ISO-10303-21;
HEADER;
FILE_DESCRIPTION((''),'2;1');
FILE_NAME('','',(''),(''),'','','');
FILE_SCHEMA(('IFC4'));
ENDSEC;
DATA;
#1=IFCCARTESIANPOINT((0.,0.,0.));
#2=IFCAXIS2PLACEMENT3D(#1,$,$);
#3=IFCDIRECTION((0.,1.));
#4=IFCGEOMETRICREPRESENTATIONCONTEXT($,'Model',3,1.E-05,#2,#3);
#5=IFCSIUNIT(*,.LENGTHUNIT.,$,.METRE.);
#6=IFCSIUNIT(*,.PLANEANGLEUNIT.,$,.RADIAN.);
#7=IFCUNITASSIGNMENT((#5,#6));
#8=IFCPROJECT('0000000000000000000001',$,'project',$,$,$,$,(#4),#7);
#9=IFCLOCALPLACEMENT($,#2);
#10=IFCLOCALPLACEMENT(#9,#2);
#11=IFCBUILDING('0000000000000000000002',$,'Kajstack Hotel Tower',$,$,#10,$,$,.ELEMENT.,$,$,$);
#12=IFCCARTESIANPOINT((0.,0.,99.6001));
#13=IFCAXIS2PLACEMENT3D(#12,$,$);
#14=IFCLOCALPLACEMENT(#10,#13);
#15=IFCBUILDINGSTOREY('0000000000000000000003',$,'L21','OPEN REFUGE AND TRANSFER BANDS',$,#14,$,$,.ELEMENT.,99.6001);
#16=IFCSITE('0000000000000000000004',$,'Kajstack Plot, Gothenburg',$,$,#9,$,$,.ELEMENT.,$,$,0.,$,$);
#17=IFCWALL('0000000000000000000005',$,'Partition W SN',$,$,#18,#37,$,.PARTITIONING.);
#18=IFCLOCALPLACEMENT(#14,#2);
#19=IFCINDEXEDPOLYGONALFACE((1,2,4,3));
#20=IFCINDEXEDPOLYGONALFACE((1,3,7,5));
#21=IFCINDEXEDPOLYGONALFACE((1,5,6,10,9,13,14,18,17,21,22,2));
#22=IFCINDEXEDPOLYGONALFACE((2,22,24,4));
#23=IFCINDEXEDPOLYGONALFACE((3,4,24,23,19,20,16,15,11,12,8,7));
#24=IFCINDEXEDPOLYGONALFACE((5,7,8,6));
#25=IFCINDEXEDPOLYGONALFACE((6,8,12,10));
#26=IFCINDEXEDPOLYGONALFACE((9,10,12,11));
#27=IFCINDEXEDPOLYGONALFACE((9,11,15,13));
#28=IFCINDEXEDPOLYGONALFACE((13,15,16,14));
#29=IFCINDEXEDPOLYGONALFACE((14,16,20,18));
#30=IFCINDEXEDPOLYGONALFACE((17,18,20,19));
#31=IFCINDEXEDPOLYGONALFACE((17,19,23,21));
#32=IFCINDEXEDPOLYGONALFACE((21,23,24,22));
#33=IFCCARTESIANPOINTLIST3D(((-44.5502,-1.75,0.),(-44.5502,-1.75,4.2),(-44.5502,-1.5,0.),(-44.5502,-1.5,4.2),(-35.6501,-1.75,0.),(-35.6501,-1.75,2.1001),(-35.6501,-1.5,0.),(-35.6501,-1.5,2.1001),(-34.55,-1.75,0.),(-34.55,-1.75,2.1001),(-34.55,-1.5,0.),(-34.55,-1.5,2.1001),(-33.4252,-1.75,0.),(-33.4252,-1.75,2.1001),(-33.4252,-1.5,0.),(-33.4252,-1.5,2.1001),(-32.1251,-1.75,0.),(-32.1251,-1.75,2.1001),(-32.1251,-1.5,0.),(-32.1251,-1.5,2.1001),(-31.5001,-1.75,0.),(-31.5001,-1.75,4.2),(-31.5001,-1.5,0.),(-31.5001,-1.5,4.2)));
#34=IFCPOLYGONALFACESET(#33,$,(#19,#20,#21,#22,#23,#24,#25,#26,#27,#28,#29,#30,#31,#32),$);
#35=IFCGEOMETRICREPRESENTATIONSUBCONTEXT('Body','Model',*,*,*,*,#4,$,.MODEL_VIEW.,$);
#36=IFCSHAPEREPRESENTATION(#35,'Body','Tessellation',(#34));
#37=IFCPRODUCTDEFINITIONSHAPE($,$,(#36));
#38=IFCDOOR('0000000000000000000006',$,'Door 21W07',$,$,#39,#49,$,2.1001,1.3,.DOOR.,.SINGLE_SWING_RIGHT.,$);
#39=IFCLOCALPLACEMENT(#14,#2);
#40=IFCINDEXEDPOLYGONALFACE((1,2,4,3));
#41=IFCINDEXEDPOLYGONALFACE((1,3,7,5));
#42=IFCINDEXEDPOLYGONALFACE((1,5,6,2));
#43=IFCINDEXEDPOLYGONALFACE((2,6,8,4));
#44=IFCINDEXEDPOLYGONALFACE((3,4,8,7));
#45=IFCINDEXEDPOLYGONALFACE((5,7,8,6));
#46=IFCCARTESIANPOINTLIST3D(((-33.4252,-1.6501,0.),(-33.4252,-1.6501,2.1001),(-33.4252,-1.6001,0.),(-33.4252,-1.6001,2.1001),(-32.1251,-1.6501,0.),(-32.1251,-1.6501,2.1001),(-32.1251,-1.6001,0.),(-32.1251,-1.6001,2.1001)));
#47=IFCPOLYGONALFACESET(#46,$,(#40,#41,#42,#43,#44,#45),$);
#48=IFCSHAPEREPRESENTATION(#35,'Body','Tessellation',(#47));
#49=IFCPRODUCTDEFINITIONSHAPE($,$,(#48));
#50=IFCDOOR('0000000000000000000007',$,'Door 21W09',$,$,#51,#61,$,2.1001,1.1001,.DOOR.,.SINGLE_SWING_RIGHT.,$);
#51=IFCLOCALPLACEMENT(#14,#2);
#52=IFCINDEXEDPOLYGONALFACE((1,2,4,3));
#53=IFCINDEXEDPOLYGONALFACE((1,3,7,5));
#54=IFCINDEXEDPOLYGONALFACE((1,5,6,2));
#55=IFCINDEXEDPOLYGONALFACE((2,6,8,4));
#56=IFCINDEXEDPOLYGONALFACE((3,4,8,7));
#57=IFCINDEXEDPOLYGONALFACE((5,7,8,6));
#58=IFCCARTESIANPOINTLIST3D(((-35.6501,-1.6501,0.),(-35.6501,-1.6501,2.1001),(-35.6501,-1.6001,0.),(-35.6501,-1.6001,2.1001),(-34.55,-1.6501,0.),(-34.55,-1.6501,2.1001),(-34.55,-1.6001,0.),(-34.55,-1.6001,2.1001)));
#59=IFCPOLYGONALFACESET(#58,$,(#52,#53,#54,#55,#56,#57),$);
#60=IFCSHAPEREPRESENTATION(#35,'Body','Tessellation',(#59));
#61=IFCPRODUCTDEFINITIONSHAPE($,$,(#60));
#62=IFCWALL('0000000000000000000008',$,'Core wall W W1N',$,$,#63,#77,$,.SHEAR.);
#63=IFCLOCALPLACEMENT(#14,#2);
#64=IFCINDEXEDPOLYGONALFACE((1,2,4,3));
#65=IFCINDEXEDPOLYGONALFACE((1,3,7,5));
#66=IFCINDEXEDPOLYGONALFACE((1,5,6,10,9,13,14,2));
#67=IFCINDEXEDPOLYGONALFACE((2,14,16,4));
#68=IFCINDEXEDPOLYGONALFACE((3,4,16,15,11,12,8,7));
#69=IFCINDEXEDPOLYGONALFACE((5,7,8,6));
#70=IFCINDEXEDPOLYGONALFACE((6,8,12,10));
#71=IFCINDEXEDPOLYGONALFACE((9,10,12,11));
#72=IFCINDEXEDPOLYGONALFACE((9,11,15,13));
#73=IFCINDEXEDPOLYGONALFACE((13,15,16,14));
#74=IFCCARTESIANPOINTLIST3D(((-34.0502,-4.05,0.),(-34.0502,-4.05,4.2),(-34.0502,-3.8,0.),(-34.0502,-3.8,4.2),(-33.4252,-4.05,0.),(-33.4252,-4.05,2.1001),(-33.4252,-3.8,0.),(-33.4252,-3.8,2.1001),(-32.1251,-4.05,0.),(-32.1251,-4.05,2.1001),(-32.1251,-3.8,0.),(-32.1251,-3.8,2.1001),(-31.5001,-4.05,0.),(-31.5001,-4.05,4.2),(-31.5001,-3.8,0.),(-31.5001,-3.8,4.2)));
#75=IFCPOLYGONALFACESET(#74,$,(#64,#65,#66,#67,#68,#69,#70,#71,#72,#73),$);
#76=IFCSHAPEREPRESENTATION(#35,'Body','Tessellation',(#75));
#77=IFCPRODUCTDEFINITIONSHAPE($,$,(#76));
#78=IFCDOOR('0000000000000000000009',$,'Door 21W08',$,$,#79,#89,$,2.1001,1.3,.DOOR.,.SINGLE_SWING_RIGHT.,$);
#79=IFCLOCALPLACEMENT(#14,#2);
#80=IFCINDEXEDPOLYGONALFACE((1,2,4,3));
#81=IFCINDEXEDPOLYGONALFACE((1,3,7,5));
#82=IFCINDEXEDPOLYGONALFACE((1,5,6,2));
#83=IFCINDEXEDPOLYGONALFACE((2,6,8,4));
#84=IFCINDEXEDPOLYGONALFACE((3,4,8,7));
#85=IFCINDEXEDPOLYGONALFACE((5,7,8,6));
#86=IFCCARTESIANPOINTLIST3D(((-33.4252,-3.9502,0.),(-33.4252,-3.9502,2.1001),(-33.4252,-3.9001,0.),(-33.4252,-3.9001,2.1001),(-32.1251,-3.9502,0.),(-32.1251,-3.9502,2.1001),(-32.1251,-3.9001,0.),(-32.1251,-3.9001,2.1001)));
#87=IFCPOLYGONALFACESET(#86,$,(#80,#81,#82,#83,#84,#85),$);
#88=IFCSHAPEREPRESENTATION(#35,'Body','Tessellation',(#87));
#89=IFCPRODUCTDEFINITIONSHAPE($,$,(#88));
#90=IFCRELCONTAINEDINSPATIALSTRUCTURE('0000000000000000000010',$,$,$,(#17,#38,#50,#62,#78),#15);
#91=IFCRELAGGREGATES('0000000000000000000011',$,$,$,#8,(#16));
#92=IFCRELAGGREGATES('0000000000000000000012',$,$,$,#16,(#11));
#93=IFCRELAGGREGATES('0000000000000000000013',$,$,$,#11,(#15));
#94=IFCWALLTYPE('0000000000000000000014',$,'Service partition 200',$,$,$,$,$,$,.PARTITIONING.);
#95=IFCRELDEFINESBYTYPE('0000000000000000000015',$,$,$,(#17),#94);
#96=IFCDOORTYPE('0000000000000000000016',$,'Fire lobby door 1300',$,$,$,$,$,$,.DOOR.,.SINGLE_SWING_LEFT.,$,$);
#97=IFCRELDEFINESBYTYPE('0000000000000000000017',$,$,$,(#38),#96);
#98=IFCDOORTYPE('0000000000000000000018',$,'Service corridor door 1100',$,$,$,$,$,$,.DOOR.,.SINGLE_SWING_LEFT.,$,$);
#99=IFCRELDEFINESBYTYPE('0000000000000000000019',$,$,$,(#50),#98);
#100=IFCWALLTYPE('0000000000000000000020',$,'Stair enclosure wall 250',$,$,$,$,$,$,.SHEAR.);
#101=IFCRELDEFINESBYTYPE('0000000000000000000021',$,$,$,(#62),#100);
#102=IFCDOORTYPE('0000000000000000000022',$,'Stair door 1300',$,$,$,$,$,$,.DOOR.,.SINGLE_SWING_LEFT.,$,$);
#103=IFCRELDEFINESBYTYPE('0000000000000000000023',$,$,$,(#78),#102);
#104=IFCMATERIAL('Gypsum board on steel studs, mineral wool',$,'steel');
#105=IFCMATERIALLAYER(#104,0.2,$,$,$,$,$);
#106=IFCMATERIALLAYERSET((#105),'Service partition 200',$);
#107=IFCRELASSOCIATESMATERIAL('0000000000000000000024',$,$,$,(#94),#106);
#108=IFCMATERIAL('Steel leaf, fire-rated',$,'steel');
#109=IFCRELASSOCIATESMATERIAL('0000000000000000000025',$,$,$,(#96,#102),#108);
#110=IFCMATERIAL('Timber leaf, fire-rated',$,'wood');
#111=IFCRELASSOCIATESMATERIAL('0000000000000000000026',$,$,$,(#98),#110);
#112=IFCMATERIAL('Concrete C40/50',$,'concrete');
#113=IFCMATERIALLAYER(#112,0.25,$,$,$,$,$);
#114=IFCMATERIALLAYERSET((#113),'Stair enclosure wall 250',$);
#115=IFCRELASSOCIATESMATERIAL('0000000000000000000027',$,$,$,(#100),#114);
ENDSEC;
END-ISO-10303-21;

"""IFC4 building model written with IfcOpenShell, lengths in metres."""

from ifc_helpers import new_model, si_unit, direction, frame, frame_2d, origin, place, context, subcontext, project, spatial, rectangle, extrude, material, layer, layer_set, type_object, element, fill, save


model = new_model("IFC4")

# Units and contexts
model_context = context("Model", 3, precision=1e-05, world=origin(), true_north=direction((0.0, 1.0)))
body_context = subcontext(model_context, "Body", "Model", "MODEL_VIEW")
ifc_project = project(units=[si_unit("LENGTHUNIT", "METRE"), si_unit("PLANEANGLEUNIT", "RADIAN")], contexts=[model_context])

# Site, building, storey
site_placement = place(None, origin())
site = spatial("IfcSite", under=ifc_project, at=site_placement, Name="Kajstack Plot, Gothenburg", CompositionType="ELEMENT", RefElevation=0.0)
building_placement = place(site_placement, origin())
building = spatial("IfcBuilding", under=site, at=building_placement, Name="Kajstack Hotel Tower", CompositionType="ELEMENT")
storey_placement = place(building_placement, frame((0.0, 0.0, 99.6001)))
storey = spatial("IfcBuildingStorey", under=building, at=storey_placement, Name="L21", Description="OPEN REFUGE AND TRANSFER BANDS", CompositionType="ELEMENT", Elevation=99.6001)

# Wall, openings, doors
ifc_material_1 = material(Name="Gypsum board on steel studs, mineral wool", Category="steel")
ifc_material_2 = material(Name="Timber leaf, fire-rated", Category="wood")
ifc_layer_1 = layer(ifc_material_1, 0.2)
ifc_layer_set_1 = layer_set([ifc_layer_1], Name="Service partition 200")
wall_type_1 = type_object("IfcWallType", Name="Service partition 200", PredefinedType="PARTITIONING", material=ifc_layer_set_1)
wall_1_placement = place(storey_placement, frame((-44.55, -1.625, 0.0), z_axis=(0.0, 0.0, 1.0), x_axis=(1.0, 0.0, 0.0)))
wall_1 = element("IfcWall", 1, at=wall_1_placement, inside=storey, type_object=wall_type_1, Name="Partition W SN", PredefinedType="PARTITIONING", context=body_context, shape_type="SweptSolid", body=[
    extrude(rectangle(XDim=13.05, YDim=0.25, at=frame_2d((6.5249, 0.0))), origin(), (0.0, 0.0, 1.0), 4.2),
])
opening_1_placement = place(wall_1_placement, frame((11.125, 0.0, 0.0)))
opening_1 = element("IfcOpeningElement", 2, at=opening_1_placement, cuts=wall_1, PredefinedType="OPENING", context=body_context, shape_type="SweptSolid", body=[
    extrude(rectangle(XDim=1.3, YDim=2.1001, at=frame_2d((0.6499, 1.05))), frame((0.0, 0.135, 0.0), z_axis=(0.0, -1.0, 0.0), x_axis=(1.0, 0.0, 0.0)), (0.0, 0.0, 1.0), 0.27),
])
opening_2_placement = place(wall_1_placement, frame((8.8999, 0.0, 0.0)))
opening_2 = element("IfcOpeningElement", 3, at=opening_2_placement, cuts=wall_1, PredefinedType="OPENING", context=body_context, shape_type="SweptSolid", body=[
    extrude(rectangle(XDim=1.1001, YDim=2.1001, at=frame_2d((0.55, 1.05))), frame((0.0, 0.135, 0.0), z_axis=(0.0, -1.0, 0.0), x_axis=(1.0, 0.0, 0.0)), (0.0, 0.0, 1.0), 0.27),
])
ifc_material_3 = material(Name="Steel leaf, fire-rated", Category="steel")
door_type_1 = type_object("IfcDoorType", Name="Fire lobby door 1300", OperationType="SINGLE_SWING_LEFT", PredefinedType="DOOR", material=ifc_material_3)
door_1_placement = place(opening_1_placement, origin())
door_1 = element("IfcDoor", 4, at=door_1_placement, inside=storey, type_object=door_type_1, Name="Door 21W07", OperationType="SINGLE_SWING_RIGHT", OverallHeight=2.1001, OverallWidth=1.3, PredefinedType="DOOR", context=body_context, shape_type="SweptSolid", body=[
    extrude(rectangle(XDim=1.3, YDim=2.1001, at=frame_2d((0.6499, 1.05))), frame((0.0, 0.0249, 0.0), z_axis=(0.0, -1.0, 0.0), x_axis=(1.0, 0.0, 0.0)), (0.0, 0.0, 1.0), 0.05),
])
fill(opening_1, door_1)
door_type_2 = type_object("IfcDoorType", Name="Service corridor door 1100", OperationType="SINGLE_SWING_LEFT", PredefinedType="DOOR", material=ifc_material_2)
door_2_placement = place(opening_2_placement, origin())
door_2 = element("IfcDoor", 5, at=door_2_placement, inside=storey, type_object=door_type_2, Name="Door 21W09", OperationType="SINGLE_SWING_RIGHT", OverallHeight=2.1001, OverallWidth=1.1001, PredefinedType="DOOR", context=body_context, shape_type="SweptSolid", body=[
    extrude(rectangle(XDim=1.1001, YDim=2.1001, at=frame_2d((0.55, 1.05))), frame((0.0, 0.0249, 0.0), z_axis=(0.0, -1.0, 0.0), x_axis=(1.0, 0.0, 0.0)), (0.0, 0.0, 1.0), 0.05),
])
fill(opening_2, door_2)

# Wall, opening, door
ifc_material_4 = material(Name="Concrete C40/50", Category="concrete")
ifc_layer_2 = layer(ifc_material_4, 0.25)
ifc_layer_set_2 = layer_set([ifc_layer_2], Name="Stair enclosure wall 250")
wall_type_2 = type_object("IfcWallType", Name="Stair enclosure wall 250", PredefinedType="SHEAR", material=ifc_layer_set_2)
wall_2_placement = place(storey_placement, frame((-34.05, -3.925, 0.0), z_axis=(0.0, 0.0, 1.0), x_axis=(1.0, 0.0, 0.0)))
wall_2 = element("IfcWall", 6, at=wall_2_placement, inside=storey, type_object=wall_type_2, Name="Core wall W W1N", PredefinedType="SHEAR", context=body_context, shape_type="SweptSolid", body=[
    extrude(rectangle(XDim=2.55, YDim=0.25, at=frame_2d((1.2749, 0.0))), origin(), (0.0, 0.0, 1.0), 4.2),
])
opening_3_placement = place(wall_2_placement, frame((0.625, 0.0, 0.0)))
opening_3 = element("IfcOpeningElement", 7, at=opening_3_placement, cuts=wall_2, PredefinedType="OPENING", context=body_context, shape_type="SweptSolid", body=[
    extrude(rectangle(XDim=1.3, YDim=2.1001, at=frame_2d((0.6499, 1.05))), frame((0.0, 0.135, 0.0), z_axis=(0.0, -1.0, 0.0), x_axis=(1.0, 0.0, 0.0)), (0.0, 0.0, 1.0), 0.27),
])
door_type_3 = type_object("IfcDoorType", Name="Stair door 1300", OperationType="SINGLE_SWING_LEFT", PredefinedType="DOOR", material=ifc_material_3)
door_3_placement = place(opening_3_placement, origin())
door_3 = element("IfcDoor", 8, at=door_3_placement, inside=storey, type_object=door_type_3, Name="Door 21W08", OperationType="SINGLE_SWING_RIGHT", OverallHeight=2.1001, OverallWidth=1.3, PredefinedType="DOOR", context=body_context, shape_type="SweptSolid", body=[
    extrude(rectangle(XDim=1.3, YDim=2.1001, at=frame_2d((0.6499, 1.05))), frame((0.0, 0.0249, 0.0), z_axis=(0.0, -1.0, 0.0), x_axis=(1.0, 0.0, 0.0)), (0.0, 0.0, 1.0), 0.05),
])
fill(opening_3, door_3)

save(model, "model.ifc")
